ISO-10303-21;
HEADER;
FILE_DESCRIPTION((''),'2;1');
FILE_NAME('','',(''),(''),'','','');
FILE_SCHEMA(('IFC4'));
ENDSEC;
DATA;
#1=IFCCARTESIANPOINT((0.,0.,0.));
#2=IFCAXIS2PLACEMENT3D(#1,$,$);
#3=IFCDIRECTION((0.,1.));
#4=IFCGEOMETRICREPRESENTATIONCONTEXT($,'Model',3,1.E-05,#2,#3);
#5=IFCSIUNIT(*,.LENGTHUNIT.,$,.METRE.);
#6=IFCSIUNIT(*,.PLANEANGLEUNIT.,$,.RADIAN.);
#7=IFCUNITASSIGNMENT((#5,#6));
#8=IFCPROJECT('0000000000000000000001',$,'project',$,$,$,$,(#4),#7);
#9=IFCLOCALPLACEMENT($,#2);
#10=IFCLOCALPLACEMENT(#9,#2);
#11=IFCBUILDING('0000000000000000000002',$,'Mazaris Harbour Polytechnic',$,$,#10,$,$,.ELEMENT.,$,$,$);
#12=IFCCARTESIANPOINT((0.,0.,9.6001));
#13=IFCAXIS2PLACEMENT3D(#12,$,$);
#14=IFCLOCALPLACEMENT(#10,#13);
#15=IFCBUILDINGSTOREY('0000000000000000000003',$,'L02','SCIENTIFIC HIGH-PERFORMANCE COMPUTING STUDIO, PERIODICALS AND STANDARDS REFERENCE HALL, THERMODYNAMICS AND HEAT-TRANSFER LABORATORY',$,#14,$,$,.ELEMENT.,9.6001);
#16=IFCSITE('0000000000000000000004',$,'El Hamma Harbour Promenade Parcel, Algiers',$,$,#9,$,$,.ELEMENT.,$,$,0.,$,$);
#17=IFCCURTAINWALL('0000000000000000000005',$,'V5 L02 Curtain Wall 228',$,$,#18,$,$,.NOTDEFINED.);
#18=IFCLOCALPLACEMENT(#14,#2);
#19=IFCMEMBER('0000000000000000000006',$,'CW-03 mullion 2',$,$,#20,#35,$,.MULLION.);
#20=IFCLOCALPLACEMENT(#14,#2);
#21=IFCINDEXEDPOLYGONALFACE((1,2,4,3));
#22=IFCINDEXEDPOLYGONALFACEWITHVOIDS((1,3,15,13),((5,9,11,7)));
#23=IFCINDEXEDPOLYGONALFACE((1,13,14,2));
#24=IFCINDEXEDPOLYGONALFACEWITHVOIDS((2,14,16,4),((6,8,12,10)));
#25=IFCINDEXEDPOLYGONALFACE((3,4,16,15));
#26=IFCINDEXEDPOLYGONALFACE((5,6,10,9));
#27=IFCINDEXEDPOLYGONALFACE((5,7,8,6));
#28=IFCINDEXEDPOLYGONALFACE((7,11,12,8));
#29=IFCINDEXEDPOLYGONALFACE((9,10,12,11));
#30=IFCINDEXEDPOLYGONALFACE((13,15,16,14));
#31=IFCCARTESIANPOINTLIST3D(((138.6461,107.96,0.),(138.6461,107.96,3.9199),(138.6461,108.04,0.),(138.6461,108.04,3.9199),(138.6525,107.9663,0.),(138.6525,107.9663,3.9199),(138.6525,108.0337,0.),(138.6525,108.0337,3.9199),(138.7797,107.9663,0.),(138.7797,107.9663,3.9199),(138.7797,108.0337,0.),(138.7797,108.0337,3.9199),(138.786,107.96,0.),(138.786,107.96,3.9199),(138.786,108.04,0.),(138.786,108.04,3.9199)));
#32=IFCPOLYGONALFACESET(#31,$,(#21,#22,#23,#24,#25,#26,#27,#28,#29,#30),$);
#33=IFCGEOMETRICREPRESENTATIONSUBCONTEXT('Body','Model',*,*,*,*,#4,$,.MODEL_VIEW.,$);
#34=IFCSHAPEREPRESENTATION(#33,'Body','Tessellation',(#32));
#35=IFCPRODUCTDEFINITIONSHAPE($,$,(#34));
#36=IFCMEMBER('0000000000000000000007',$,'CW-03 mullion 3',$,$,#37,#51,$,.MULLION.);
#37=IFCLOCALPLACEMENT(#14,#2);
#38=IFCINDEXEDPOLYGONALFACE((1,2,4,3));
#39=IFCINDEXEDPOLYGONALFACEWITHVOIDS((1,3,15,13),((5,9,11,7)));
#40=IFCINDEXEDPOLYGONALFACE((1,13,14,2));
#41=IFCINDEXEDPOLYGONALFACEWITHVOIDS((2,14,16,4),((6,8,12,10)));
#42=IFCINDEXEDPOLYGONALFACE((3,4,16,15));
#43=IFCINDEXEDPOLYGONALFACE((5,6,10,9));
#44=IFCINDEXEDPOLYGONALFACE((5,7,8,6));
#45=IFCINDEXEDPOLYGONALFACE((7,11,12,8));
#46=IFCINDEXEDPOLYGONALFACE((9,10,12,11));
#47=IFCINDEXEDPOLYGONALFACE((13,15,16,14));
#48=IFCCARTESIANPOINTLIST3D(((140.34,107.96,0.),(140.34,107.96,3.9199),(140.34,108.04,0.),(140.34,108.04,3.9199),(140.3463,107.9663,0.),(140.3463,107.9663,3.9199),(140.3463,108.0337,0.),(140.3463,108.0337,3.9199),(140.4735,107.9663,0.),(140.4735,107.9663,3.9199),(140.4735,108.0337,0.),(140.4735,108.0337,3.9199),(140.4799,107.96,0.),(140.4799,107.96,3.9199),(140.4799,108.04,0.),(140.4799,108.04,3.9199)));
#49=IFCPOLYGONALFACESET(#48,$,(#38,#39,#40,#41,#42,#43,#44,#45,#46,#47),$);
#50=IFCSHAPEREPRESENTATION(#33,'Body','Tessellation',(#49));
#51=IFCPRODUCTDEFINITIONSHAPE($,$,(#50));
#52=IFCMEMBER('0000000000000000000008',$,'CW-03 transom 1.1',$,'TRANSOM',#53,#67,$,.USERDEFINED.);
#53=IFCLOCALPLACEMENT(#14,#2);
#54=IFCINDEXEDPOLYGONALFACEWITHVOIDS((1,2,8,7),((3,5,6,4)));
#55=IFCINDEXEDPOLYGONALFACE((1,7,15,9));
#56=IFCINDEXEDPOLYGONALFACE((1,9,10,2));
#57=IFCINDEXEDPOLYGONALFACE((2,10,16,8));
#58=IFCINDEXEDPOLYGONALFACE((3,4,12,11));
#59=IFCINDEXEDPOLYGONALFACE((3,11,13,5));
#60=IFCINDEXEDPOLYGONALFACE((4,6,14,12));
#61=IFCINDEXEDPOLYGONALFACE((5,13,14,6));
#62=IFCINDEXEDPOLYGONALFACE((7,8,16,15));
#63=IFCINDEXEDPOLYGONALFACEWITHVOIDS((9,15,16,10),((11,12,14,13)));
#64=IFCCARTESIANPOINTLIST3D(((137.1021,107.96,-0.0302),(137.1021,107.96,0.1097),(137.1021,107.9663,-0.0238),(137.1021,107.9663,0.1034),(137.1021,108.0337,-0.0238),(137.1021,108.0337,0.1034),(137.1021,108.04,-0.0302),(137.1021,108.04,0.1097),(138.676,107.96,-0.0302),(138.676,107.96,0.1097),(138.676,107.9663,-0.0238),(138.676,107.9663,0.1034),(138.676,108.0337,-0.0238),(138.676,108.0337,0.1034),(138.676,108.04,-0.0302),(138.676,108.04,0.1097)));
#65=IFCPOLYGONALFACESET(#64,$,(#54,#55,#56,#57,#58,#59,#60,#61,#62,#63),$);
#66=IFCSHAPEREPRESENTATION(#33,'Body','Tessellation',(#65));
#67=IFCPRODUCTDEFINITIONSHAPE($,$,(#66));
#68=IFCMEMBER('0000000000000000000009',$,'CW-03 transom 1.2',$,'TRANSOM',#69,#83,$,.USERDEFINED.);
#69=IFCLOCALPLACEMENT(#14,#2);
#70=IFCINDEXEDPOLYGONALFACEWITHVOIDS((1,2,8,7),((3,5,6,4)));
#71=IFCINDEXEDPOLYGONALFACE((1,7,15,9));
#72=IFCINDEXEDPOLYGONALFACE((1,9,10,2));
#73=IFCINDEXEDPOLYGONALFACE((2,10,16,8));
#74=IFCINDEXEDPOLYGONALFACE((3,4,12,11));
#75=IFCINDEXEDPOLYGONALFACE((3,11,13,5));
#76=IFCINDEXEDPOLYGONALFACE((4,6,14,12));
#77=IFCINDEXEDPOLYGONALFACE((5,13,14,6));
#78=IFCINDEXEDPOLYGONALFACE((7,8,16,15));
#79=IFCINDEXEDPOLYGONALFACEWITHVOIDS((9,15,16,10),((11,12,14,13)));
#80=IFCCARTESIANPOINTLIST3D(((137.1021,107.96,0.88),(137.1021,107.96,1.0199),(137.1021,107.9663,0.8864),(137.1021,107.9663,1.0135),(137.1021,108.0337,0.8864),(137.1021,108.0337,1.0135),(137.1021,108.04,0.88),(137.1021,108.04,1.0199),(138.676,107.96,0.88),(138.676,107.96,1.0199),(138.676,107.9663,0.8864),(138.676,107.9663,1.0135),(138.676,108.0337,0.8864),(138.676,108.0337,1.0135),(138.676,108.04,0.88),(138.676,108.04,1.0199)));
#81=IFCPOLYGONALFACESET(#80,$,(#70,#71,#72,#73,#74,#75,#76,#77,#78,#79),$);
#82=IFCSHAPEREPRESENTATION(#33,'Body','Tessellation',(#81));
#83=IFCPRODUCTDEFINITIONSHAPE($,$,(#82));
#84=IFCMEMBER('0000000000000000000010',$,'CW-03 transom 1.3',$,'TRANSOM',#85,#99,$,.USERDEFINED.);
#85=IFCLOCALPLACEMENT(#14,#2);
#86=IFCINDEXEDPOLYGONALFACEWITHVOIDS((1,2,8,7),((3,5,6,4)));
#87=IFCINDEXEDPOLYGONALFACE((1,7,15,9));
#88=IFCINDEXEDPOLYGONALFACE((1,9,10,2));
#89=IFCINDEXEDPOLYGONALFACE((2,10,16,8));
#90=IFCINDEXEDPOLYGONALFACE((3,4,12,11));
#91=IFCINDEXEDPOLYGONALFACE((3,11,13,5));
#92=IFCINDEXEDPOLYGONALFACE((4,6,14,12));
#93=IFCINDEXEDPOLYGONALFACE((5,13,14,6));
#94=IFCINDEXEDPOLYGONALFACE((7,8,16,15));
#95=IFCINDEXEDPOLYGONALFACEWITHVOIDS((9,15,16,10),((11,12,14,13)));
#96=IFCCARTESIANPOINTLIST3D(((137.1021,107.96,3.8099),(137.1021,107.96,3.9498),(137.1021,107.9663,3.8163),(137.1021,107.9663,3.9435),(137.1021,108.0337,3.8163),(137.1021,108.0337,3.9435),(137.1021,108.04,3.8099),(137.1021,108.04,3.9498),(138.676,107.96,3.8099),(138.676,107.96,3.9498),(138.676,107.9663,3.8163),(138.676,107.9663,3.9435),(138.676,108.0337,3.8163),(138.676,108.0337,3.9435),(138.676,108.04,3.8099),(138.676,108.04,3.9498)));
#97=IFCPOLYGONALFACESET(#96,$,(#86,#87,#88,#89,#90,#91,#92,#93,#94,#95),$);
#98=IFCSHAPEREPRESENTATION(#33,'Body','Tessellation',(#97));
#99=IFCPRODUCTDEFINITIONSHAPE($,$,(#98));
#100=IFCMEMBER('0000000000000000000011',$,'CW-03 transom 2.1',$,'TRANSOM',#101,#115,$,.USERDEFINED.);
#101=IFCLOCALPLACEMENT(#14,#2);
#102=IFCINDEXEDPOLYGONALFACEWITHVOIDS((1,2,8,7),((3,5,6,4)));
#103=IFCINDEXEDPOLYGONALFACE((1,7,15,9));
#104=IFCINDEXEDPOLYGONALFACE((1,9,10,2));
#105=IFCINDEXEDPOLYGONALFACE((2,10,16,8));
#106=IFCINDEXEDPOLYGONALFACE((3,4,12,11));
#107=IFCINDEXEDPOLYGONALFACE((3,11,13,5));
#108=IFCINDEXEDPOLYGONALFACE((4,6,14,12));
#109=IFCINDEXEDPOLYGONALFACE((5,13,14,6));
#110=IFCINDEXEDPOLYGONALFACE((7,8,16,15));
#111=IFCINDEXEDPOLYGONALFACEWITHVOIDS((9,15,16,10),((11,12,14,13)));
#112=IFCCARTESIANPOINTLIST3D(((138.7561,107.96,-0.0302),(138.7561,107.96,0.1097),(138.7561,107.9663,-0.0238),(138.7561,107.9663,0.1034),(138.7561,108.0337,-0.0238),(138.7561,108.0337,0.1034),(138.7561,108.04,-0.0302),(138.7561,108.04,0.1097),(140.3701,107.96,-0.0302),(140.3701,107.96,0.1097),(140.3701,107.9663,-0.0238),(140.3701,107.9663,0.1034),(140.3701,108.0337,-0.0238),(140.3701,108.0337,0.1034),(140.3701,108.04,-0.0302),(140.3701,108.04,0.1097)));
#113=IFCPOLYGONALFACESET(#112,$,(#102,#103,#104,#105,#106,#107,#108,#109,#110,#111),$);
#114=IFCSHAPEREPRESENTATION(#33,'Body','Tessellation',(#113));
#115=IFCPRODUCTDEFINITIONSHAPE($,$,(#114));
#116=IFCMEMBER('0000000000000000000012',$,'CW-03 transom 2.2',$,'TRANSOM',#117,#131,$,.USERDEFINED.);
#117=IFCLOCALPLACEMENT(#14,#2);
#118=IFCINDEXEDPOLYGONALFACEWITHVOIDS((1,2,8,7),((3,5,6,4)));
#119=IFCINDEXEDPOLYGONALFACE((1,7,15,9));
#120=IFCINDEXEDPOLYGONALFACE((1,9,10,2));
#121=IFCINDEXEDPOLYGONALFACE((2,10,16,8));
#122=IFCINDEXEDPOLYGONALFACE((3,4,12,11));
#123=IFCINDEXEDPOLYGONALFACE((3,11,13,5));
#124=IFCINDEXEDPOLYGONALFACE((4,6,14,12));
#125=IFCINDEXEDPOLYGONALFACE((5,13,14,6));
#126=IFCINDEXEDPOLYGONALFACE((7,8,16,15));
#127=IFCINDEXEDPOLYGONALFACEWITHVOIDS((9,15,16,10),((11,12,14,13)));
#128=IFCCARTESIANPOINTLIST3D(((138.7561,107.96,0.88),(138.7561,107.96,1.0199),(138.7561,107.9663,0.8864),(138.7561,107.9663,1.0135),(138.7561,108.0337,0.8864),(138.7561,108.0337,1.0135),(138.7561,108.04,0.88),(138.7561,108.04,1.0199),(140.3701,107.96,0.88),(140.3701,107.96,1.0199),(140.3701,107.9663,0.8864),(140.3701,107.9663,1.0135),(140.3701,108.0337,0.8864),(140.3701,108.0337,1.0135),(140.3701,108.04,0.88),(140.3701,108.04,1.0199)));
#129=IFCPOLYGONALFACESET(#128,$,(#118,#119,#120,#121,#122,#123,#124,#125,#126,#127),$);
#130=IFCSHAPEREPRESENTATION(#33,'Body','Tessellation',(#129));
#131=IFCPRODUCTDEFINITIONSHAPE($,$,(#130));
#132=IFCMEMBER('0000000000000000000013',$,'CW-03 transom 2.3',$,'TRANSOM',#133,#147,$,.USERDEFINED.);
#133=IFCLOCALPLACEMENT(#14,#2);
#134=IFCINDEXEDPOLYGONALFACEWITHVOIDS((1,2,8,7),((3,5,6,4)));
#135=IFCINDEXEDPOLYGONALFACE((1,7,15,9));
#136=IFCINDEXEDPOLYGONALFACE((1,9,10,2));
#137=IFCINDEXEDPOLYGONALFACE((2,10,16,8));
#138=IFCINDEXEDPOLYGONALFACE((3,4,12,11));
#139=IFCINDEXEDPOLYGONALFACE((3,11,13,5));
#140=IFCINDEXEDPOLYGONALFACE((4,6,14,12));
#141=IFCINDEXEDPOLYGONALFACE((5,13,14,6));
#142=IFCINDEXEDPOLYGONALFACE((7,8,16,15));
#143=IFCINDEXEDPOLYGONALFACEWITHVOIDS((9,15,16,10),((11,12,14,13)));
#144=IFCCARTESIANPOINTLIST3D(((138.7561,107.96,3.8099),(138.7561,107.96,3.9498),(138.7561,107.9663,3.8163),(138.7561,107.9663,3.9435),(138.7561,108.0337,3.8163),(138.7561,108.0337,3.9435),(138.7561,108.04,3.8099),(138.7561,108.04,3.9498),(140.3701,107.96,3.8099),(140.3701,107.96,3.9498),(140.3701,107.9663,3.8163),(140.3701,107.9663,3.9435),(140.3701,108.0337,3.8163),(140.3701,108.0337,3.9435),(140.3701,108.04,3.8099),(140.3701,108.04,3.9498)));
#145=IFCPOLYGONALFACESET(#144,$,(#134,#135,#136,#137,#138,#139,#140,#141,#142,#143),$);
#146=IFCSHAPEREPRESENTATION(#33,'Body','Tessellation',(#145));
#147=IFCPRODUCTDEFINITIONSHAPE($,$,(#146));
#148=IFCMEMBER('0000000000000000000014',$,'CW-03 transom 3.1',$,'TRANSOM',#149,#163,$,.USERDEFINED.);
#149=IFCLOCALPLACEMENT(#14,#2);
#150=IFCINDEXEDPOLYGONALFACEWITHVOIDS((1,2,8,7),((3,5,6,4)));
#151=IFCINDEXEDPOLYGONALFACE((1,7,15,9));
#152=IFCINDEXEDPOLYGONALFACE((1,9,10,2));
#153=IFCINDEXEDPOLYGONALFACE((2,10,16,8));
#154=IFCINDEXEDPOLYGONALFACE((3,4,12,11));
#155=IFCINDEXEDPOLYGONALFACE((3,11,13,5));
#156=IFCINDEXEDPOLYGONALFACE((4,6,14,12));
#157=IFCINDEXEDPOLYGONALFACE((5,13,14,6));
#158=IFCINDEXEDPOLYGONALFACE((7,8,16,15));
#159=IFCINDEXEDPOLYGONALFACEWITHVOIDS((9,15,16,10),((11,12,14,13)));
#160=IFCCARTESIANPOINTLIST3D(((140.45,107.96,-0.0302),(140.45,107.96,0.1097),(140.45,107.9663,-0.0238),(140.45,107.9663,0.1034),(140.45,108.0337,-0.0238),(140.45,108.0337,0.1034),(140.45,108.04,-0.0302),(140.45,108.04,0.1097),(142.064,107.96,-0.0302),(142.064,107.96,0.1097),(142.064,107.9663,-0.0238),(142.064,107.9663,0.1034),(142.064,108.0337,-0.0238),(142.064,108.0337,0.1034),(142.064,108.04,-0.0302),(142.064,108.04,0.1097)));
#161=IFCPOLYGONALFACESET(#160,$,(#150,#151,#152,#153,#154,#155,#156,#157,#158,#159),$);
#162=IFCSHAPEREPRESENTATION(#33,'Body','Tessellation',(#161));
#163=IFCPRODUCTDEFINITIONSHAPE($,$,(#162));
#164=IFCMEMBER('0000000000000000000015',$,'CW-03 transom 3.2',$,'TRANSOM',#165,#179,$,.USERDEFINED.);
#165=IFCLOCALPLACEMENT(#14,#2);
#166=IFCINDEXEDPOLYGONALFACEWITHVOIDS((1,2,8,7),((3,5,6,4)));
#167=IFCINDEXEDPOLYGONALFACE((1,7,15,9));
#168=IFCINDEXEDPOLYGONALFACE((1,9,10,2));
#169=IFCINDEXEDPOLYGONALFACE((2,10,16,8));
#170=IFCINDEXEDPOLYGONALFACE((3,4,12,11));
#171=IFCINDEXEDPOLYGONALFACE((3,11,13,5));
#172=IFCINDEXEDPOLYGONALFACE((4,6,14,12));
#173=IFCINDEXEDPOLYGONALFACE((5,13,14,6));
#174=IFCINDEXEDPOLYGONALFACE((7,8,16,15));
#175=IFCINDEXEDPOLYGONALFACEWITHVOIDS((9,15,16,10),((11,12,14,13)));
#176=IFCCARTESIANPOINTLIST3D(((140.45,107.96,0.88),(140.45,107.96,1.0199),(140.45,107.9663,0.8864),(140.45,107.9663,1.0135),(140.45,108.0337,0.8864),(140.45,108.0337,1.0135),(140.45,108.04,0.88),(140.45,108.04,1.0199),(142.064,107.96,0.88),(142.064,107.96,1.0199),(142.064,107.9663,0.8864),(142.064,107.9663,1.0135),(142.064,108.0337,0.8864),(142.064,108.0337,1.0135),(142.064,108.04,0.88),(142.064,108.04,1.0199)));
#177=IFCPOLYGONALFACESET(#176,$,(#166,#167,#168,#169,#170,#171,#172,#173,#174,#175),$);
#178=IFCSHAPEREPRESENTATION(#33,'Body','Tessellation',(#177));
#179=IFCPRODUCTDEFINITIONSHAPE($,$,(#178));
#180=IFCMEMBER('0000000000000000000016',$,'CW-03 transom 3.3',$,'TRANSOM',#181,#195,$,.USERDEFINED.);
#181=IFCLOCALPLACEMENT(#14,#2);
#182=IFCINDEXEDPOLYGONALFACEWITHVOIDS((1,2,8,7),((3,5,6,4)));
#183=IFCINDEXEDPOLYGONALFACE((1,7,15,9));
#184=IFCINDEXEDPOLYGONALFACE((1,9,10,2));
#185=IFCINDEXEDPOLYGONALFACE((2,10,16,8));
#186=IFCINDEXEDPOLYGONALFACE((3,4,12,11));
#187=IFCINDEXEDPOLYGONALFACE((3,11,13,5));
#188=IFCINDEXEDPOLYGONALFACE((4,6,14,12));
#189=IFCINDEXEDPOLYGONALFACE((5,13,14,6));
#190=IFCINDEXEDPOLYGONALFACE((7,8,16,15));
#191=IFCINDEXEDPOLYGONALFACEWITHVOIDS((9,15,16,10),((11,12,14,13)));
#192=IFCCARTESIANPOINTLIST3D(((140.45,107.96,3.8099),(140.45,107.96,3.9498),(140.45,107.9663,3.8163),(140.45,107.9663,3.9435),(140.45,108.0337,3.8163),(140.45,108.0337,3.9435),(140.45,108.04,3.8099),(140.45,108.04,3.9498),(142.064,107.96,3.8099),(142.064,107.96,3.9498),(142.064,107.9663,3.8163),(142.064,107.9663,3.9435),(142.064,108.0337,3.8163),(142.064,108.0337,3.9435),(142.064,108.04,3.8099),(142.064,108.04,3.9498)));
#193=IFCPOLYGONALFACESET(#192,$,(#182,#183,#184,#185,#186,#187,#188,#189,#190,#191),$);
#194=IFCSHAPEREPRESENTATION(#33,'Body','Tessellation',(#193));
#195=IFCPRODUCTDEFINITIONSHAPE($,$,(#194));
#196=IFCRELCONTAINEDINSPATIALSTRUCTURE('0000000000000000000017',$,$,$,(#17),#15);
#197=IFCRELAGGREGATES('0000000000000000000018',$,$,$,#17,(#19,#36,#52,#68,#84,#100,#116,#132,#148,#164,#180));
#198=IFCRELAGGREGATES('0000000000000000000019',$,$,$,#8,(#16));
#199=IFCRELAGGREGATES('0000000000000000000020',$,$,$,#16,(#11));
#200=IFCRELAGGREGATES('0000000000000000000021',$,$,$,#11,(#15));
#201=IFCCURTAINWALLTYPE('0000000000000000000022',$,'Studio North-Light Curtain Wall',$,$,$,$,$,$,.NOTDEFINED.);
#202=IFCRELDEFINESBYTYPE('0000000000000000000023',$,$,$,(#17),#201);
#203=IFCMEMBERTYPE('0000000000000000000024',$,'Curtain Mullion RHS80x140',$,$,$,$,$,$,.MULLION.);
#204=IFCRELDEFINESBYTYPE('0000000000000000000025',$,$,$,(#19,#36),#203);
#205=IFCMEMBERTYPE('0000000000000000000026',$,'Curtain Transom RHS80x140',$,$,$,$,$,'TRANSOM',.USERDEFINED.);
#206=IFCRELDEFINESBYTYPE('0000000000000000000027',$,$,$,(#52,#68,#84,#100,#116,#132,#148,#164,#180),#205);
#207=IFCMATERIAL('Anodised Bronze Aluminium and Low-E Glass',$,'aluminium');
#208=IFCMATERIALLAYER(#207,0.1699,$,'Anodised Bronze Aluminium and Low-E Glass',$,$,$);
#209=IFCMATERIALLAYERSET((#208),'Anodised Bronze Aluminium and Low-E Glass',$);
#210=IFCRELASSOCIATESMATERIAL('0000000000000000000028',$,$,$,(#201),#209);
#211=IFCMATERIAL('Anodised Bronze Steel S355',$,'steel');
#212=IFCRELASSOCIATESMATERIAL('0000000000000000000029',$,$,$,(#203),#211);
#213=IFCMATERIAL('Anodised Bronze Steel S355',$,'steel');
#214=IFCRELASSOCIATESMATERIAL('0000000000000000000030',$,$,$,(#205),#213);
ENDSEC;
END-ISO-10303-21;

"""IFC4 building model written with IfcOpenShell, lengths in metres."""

from ifc_helpers import new_model, si_unit, direction, frame, origin, origin_2d, place, context, subcontext, project, spatial, hollow_rectangle, extrude, material, layer, layer_set, material_profile, profile_set, type_object, element, aggregate, save


model = new_model("IFC4")

# Units and contexts
model_context = context("Model", 3, precision=1e-05, world=origin(), true_north=direction((0.0, 1.0)))
body_context = subcontext(model_context, "Body", "Model", "MODEL_VIEW")
ifc_project = project(units=[si_unit("LENGTHUNIT", "METRE"), si_unit("PLANEANGLEUNIT", "RADIAN")], contexts=[model_context])

# Site, building, storey
site_placement = place(None, origin())
site = spatial("IfcSite", under=ifc_project, at=site_placement, Name="El Hamma Harbour Promenade Parcel, Algiers", CompositionType="ELEMENT", RefElevation=0.0)
building_placement = place(site_placement, origin())
building = spatial("IfcBuilding", under=site, at=building_placement, Name="Mazaris Harbour Polytechnic", CompositionType="ELEMENT")
storey_placement = place(building_placement, frame((0.0, 0.0, 9.6001)))
storey = spatial("IfcBuildingStorey", under=building, at=storey_placement, Name="L02", Description="SCIENTIFIC HIGH-PERFORMANCE COMPUTING STUDIO, PERIODICALS AND STANDARDS REFERENCE HALL, THERMODYNAMICS AND HEAT-TRANSFER LABORATORY", CompositionType="ELEMENT", Elevation=9.6001)

# Curtain wall, members
ifc_material_1 = material(Name="Anodised Bronze Aluminium and Low-E Glass", Category="aluminium")
ifc_layer_1 = layer(ifc_material_1, 0.1699, Name="Anodised Bronze Aluminium and Low-E Glass")
ifc_layer_set_1 = layer_set([ifc_layer_1], Name="Anodised Bronze Aluminium and Low-E Glass")
curtain_wall_type = type_object("IfcCurtainWallType", Name="Studio North-Light Curtain Wall", PredefinedType="NOTDEFINED", material=ifc_layer_set_1)
curtain_wall_placement = place(storey_placement, origin())
curtain_wall = element("IfcCurtainWall", 1, at=curtain_wall_placement, inside=storey, type_object=curtain_wall_type, Name="V5 L02 Curtain Wall 228", PredefinedType="NOTDEFINED")
ifc_material_2 = material(Name="Anodised Bronze Steel S355", Category="steel")
ifc_material_profile_1 = material_profile(ifc_material_2, hollow_rectangle(XDim=0.0801, YDim=0.1399, WallThickness=0.0063, at=origin_2d()), Name="RHS 80x140x6.3")
ifc_profile_set_1 = profile_set([ifc_material_profile_1], Name="Anodised Bronze Steel S355")
member_type_1 = type_object("IfcMemberType", Name="Curtain Mullion RHS80x140", PredefinedType="MULLION", material=ifc_profile_set_1)
member_1_placement = place(storey_placement, frame((138.7161, 108.0, 0.0), z_axis=(0.0, 0.0, 1.0), x_axis=(0.0, 1.0, 0.0)))
member_1 = element("IfcMember", 2, at=member_1_placement, type_object=member_type_1, Name="CW-03 mullion 2", PredefinedType="MULLION", context=body_context, shape_type="SweptSolid", body=[
    extrude(hollow_rectangle(XDim=0.0801, YDim=0.1399, WallThickness=0.0063, at=origin_2d()), origin(), (0.0, 0.0, 1.0), 3.9199),
])
member_2_placement = place(storey_placement, frame((140.4099, 108.0, 0.0), z_axis=(0.0, 0.0, 1.0), x_axis=(0.0, 1.0, 0.0)))
member_2 = element("IfcMember", 3, at=member_2_placement, type_object=member_type_1, Name="CW-03 mullion 3", PredefinedType="MULLION", context=body_context, shape_type="SweptSolid", body=[
    extrude(hollow_rectangle(XDim=0.0801, YDim=0.1399, WallThickness=0.0063, at=origin_2d()), origin(), (0.0, 0.0, 1.0), 3.9199),
])
ifc_material_3 = material(Name="Anodised Bronze Steel S355", Category="steel")
ifc_material_profile_2 = material_profile(ifc_material_3, hollow_rectangle(XDim=0.0801, YDim=0.1399, WallThickness=0.0063, at=origin_2d()), Name="RHS 80x140x6.3")
ifc_profile_set_2 = profile_set([ifc_material_profile_2], Name="Anodised Bronze Steel S355")
member_type_2 = type_object("IfcMemberType", Name="Curtain Transom RHS80x140", ElementType="TRANSOM", PredefinedType="USERDEFINED", material=ifc_profile_set_2)
member_3_placement = place(storey_placement, frame((137.1021, 108.0, 0.0398), z_axis=(1.0, 0.0, 0.0), x_axis=(0.0, 1.0, 0.0)))
member_3 = element("IfcMember", 4, at=member_3_placement, type_object=member_type_2, Name="CW-03 transom 1.1", ObjectType="TRANSOM", PredefinedType="USERDEFINED", context=body_context, shape_type="SweptSolid", body=[
    extrude(hollow_rectangle(XDim=0.0801, YDim=0.1399, WallThickness=0.0063, at=origin_2d()), origin(), (0.0, 0.0, 1.0), 1.574),
])
member_4_placement = place(storey_placement, frame((137.1021, 108.0, 0.95), z_axis=(1.0, 0.0, 0.0), x_axis=(0.0, 1.0, 0.0)))
member_4 = element("IfcMember", 5, at=member_4_placement, type_object=member_type_2, Name="CW-03 transom 1.2", ObjectType="TRANSOM", PredefinedType="USERDEFINED", context=body_context, shape_type="SweptSolid", body=[
    extrude(hollow_rectangle(XDim=0.0801, YDim=0.1399, WallThickness=0.0063, at=origin_2d()), origin(), (0.0, 0.0, 1.0), 1.574),
])
member_5_placement = place(storey_placement, frame((137.1021, 108.0, 3.8799), z_axis=(1.0, 0.0, 0.0), x_axis=(0.0, 1.0, 0.0)))
member_5 = element("IfcMember", 6, at=member_5_placement, type_object=member_type_2, Name="CW-03 transom 1.3", ObjectType="TRANSOM", PredefinedType="USERDEFINED", context=body_context, shape_type="SweptSolid", body=[
    extrude(hollow_rectangle(XDim=0.0801, YDim=0.1399, WallThickness=0.0063, at=origin_2d()), origin(), (0.0, 0.0, 1.0), 1.574),
])
member_6_placement = place(storey_placement, frame((138.7561, 108.0, 0.0398), z_axis=(1.0, 0.0, 0.0), x_axis=(0.0, 1.0, 0.0)))
member_6 = element("IfcMember", 7, at=member_6_placement, type_object=member_type_2, Name="CW-03 transom 2.1", ObjectType="TRANSOM", PredefinedType="USERDEFINED", context=body_context, shape_type="SweptSolid", body=[
    extrude(hollow_rectangle(XDim=0.0801, YDim=0.1399, WallThickness=0.0063, at=origin_2d()), origin(), (0.0, 0.0, 1.0), 1.614),
])
member_7_placement = place(storey_placement, frame((138.7561, 108.0, 0.95), z_axis=(1.0, 0.0, 0.0), x_axis=(0.0, 1.0, 0.0)))
member_7 = element("IfcMember", 8, at=member_7_placement, type_object=member_type_2, Name="CW-03 transom 2.2", ObjectType="TRANSOM", PredefinedType="USERDEFINED", context=body_context, shape_type="SweptSolid", body=[
    extrude(hollow_rectangle(XDim=0.0801, YDim=0.1399, WallThickness=0.0063, at=origin_2d()), origin(), (0.0, 0.0, 1.0), 1.614),
])
member_8_placement = place(storey_placement, frame((138.7561, 108.0, 3.8799), z_axis=(1.0, 0.0, 0.0), x_axis=(0.0, 1.0, 0.0)))
member_8 = element("IfcMember", 9, at=member_8_placement, type_object=member_type_2, Name="CW-03 transom 2.3", ObjectType="TRANSOM", PredefinedType="USERDEFINED", context=body_context, shape_type="SweptSolid", body=[
    extrude(hollow_rectangle(XDim=0.0801, YDim=0.1399, WallThickness=0.0063, at=origin_2d()), origin(), (0.0, 0.0, 1.0), 1.614),
])
member_9_placement = place(storey_placement, frame((140.45, 108.0, 0.0398), z_axis=(1.0, 0.0, 0.0), x_axis=(0.0, 1.0, 0.0)))
member_9 = element("IfcMember", 10, at=member_9_placement, type_object=member_type_2, Name="CW-03 transom 3.1", ObjectType="TRANSOM", PredefinedType="USERDEFINED", context=body_context, shape_type="SweptSolid", body=[
    extrude(hollow_rectangle(XDim=0.0801, YDim=0.1399, WallThickness=0.0063, at=origin_2d()), origin(), (0.0, 0.0, 1.0), 1.614),
])
member_10_placement = place(storey_placement, frame((140.45, 108.0, 0.95), z_axis=(1.0, 0.0, 0.0), x_axis=(0.0, 1.0, 0.0)))
member_10 = element("IfcMember", 11, at=member_10_placement, type_object=member_type_2, Name="CW-03 transom 3.2", ObjectType="TRANSOM", PredefinedType="USERDEFINED", context=body_context, shape_type="SweptSolid", body=[
    extrude(hollow_rectangle(XDim=0.0801, YDim=0.1399, WallThickness=0.0063, at=origin_2d()), origin(), (0.0, 0.0, 1.0), 1.614),
])
member_11_placement = place(storey_placement, frame((140.45, 108.0, 3.8799), z_axis=(1.0, 0.0, 0.0), x_axis=(0.0, 1.0, 0.0)))
member_11 = element("IfcMember", 12, at=member_11_placement, type_object=member_type_2, Name="CW-03 transom 3.3", ObjectType="TRANSOM", PredefinedType="USERDEFINED", context=body_context, shape_type="SweptSolid", body=[
    extrude(hollow_rectangle(XDim=0.0801, YDim=0.1399, WallThickness=0.0063, at=origin_2d()), origin(), (0.0, 0.0, 1.0), 1.614),
])
aggregate(curtain_wall, [member_1, member_2, member_3, member_4, member_5, member_6, member_7, member_8, member_9, member_10, member_11])

save(model, "model.ifc")
